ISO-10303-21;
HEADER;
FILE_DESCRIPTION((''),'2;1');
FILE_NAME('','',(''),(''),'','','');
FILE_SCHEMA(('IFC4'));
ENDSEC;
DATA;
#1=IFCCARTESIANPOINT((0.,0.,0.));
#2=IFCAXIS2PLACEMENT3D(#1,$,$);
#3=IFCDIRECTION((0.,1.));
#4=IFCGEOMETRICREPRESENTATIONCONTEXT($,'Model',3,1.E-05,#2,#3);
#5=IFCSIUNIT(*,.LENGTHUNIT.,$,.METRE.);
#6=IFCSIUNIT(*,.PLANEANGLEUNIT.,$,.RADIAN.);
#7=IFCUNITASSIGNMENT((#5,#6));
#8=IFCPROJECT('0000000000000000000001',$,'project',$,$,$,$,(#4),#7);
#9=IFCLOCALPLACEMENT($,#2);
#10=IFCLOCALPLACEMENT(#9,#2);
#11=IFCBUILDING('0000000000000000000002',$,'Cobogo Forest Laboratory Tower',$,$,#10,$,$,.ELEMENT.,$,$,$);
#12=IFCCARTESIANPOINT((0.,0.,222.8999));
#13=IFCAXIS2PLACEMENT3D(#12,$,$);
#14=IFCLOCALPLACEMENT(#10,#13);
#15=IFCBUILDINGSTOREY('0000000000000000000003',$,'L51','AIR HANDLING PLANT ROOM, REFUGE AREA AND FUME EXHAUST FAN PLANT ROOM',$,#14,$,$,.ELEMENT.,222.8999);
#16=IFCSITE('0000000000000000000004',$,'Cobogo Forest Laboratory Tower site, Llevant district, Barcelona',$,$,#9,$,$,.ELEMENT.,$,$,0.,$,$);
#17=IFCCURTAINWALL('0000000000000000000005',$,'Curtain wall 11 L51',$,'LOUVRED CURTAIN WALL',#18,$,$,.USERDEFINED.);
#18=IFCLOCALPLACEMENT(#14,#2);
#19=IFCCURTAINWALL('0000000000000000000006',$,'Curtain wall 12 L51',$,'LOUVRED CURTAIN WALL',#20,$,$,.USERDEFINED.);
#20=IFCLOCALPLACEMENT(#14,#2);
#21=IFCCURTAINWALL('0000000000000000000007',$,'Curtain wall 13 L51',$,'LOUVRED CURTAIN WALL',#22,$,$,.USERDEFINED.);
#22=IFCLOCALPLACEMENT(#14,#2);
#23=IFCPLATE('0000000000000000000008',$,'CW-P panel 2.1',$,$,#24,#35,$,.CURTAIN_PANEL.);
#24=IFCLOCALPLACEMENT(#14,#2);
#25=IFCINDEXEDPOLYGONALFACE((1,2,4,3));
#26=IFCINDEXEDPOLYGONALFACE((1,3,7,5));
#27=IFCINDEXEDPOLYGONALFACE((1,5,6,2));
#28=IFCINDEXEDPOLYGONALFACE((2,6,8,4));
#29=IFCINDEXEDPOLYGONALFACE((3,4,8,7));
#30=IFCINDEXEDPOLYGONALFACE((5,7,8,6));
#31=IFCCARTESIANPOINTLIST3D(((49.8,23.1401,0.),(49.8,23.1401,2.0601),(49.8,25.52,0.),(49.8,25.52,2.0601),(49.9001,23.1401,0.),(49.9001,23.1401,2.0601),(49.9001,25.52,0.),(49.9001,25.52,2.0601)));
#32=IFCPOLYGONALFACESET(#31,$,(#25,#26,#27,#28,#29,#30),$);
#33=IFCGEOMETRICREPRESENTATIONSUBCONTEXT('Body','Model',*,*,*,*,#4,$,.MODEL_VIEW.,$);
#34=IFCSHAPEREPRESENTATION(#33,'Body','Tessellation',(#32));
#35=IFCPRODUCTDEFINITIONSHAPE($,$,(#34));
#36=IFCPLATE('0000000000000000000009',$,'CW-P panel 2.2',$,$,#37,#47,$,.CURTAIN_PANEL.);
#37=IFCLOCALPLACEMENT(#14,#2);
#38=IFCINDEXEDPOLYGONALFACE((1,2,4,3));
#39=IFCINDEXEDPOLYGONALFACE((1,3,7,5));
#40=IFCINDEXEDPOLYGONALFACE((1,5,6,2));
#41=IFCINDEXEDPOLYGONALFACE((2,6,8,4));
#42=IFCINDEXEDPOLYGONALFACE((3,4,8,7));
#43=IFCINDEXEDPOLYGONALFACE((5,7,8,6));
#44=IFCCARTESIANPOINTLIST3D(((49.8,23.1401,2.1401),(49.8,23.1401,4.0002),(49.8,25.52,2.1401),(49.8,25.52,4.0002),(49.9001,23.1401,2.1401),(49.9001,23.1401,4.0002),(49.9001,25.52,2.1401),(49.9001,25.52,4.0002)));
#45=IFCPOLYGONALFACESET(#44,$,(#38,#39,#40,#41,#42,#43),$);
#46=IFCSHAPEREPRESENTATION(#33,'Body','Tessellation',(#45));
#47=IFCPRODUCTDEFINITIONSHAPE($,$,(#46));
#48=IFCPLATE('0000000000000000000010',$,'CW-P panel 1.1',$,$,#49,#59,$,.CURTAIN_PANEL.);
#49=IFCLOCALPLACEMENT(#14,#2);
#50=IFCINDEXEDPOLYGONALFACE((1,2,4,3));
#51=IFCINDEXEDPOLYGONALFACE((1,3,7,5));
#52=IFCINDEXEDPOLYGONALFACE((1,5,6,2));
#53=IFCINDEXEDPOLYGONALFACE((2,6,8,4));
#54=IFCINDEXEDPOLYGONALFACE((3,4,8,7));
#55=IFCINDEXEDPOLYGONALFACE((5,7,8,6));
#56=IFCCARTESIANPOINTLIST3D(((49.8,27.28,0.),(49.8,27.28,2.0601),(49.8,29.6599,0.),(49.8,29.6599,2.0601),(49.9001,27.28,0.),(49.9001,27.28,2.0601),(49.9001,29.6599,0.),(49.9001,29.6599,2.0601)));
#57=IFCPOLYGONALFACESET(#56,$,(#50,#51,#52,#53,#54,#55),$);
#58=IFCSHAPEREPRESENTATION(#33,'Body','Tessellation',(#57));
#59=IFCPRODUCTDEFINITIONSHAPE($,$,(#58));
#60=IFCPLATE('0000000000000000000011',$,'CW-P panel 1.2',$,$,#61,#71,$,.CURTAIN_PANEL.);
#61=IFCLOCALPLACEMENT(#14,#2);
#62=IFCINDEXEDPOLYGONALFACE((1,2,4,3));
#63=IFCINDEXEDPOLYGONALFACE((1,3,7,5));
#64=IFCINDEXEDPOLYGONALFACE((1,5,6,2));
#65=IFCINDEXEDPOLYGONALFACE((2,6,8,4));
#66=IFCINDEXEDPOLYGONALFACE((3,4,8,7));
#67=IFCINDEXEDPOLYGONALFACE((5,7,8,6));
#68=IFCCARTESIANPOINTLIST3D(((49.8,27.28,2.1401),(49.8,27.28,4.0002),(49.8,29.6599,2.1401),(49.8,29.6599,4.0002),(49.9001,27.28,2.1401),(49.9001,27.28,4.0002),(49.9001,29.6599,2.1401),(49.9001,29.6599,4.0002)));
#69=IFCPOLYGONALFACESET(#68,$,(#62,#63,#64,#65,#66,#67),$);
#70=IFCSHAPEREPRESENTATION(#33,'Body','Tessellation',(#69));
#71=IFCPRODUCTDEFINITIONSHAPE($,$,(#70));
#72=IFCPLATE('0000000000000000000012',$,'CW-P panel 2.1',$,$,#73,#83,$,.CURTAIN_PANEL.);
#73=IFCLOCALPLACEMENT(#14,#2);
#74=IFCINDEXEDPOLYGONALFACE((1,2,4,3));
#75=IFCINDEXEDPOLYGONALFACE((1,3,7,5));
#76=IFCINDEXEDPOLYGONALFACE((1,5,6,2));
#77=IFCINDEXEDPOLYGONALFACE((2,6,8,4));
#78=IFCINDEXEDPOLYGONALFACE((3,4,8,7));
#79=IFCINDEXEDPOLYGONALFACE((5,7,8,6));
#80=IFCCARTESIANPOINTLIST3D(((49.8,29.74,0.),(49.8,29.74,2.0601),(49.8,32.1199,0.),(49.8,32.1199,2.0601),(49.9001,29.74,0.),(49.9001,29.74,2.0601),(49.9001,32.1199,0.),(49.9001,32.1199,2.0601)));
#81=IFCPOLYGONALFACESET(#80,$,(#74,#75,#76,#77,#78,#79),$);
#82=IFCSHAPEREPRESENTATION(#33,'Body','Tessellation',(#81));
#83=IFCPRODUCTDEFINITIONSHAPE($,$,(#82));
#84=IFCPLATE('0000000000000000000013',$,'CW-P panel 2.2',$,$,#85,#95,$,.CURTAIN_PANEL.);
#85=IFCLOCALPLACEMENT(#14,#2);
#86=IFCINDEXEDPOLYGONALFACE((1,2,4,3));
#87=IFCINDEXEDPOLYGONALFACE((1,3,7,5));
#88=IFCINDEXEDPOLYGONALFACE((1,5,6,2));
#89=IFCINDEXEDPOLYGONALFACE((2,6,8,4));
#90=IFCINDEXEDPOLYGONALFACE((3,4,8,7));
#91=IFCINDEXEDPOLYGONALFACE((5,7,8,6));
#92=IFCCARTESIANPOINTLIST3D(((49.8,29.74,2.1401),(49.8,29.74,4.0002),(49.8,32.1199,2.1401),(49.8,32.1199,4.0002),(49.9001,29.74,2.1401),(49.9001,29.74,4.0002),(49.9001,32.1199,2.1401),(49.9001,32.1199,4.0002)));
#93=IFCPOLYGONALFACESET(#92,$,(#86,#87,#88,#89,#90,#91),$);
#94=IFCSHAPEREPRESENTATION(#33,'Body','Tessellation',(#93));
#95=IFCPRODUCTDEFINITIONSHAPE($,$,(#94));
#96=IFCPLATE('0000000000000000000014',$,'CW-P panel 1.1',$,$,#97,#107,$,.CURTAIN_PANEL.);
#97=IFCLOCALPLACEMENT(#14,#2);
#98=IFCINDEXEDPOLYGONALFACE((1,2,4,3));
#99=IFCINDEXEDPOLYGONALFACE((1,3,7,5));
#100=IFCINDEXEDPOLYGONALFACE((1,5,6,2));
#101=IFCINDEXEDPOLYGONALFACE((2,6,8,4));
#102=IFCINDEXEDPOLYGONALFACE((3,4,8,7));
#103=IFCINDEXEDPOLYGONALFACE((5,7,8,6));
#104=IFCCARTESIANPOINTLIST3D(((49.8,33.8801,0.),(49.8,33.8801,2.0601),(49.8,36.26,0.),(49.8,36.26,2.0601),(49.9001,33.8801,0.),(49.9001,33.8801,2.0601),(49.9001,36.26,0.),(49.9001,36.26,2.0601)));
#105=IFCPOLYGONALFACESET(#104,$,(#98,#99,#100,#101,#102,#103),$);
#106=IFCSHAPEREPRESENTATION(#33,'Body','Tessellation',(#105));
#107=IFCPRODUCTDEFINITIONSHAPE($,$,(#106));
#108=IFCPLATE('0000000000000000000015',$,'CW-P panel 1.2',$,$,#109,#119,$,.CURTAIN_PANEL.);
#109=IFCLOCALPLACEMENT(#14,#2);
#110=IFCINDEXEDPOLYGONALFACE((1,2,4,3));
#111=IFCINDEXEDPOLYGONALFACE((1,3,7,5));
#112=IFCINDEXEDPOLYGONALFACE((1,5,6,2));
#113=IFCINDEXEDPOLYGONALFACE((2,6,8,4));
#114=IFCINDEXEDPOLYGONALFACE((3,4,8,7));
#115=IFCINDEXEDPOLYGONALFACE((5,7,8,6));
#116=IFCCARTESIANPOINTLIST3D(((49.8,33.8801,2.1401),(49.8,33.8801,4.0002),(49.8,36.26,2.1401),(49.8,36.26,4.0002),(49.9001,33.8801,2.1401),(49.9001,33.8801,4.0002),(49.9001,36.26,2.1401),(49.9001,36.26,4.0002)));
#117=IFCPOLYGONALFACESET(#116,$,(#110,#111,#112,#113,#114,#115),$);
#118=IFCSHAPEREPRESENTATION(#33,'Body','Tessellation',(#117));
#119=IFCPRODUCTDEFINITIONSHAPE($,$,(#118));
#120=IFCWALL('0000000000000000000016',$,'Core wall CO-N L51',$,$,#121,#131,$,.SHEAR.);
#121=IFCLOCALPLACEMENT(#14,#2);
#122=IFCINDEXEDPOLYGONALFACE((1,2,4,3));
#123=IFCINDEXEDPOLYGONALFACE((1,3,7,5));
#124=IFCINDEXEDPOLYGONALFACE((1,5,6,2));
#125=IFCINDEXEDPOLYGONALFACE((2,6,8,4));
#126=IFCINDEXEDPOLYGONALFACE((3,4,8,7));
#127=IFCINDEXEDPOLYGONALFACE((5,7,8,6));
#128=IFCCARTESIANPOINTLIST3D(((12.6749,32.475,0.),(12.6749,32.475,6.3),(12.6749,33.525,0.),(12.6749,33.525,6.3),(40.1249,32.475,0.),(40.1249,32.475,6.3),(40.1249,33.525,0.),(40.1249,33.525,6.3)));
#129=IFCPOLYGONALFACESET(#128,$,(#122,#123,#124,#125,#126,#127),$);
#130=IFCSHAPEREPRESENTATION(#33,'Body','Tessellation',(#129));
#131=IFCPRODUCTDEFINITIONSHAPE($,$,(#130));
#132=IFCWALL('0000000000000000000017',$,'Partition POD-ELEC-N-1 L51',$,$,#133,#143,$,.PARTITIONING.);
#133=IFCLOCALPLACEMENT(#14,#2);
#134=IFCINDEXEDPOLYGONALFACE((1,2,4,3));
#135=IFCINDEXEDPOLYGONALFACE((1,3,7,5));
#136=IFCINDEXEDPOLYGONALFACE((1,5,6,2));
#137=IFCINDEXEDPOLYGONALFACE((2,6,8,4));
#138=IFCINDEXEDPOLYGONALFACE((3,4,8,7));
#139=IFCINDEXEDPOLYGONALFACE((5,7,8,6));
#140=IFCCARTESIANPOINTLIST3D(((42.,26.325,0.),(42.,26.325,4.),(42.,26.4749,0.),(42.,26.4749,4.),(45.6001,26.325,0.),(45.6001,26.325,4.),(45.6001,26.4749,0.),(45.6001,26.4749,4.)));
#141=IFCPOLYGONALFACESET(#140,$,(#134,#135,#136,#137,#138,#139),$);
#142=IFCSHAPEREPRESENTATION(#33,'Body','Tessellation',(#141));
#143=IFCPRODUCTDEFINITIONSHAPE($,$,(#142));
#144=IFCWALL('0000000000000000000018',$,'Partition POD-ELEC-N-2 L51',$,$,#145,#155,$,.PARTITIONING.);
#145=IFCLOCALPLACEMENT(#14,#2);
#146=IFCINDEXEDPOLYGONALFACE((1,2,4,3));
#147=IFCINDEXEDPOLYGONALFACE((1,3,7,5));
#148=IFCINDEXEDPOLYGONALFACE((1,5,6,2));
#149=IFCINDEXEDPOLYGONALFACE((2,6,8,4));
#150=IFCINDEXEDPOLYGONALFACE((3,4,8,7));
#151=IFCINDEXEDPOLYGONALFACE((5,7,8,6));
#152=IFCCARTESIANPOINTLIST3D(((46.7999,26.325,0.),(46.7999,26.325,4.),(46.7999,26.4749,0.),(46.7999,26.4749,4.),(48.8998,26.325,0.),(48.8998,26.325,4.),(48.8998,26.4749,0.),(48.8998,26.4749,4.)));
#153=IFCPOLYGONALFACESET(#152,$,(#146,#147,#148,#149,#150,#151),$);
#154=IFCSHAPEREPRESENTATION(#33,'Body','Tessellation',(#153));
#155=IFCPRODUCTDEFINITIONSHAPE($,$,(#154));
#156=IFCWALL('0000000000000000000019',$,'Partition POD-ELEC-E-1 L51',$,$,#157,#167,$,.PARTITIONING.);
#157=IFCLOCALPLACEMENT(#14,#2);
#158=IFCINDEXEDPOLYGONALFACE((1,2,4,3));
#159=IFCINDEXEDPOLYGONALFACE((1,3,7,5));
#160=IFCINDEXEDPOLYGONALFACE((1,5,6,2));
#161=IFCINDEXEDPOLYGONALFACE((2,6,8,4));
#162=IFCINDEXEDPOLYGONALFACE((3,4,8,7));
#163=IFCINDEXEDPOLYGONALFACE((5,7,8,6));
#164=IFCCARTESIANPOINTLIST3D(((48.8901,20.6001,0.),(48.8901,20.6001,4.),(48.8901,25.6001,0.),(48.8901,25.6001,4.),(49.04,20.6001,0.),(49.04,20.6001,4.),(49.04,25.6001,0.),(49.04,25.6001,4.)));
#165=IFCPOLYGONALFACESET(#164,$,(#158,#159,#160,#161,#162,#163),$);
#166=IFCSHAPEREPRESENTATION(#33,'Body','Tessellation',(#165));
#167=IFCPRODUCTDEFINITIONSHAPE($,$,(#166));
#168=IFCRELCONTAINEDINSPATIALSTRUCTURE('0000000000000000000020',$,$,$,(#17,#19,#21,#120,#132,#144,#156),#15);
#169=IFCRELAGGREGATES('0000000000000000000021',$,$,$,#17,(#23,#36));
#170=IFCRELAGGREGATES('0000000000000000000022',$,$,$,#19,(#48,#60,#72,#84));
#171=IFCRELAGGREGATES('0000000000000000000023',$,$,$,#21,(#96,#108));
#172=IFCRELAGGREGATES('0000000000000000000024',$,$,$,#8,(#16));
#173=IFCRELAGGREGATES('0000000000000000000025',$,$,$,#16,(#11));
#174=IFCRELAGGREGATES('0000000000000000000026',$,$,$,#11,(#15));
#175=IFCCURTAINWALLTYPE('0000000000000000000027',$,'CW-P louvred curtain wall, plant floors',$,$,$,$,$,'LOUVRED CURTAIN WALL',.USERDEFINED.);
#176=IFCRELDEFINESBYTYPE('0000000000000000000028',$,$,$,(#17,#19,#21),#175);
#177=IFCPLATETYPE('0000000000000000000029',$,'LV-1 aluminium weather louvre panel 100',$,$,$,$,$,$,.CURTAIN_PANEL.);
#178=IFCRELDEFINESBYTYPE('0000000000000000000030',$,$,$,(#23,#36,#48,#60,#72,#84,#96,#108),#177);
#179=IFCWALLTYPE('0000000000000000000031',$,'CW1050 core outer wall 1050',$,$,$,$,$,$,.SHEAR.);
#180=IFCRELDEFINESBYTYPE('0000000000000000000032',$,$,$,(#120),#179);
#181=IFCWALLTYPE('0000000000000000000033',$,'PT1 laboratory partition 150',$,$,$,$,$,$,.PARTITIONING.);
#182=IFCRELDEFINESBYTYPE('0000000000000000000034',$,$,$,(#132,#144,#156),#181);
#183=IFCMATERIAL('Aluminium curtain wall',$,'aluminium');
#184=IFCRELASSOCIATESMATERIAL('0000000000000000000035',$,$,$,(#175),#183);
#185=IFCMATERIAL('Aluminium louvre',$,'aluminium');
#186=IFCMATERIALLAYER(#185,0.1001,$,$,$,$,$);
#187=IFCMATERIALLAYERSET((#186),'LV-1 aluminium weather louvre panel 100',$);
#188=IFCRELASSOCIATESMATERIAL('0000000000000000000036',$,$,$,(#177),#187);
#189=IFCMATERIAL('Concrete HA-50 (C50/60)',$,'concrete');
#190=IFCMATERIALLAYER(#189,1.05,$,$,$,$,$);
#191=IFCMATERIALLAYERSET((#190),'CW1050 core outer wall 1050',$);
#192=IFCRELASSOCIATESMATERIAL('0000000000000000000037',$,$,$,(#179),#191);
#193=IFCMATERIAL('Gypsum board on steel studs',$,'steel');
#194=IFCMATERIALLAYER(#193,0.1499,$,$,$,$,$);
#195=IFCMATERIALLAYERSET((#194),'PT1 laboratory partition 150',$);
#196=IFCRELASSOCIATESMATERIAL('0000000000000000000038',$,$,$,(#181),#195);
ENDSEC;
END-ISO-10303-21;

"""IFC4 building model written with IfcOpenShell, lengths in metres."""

from ifc_helpers import new_model, si_unit, direction, frame, frame_2d, origin, origin_2d, place, context, subcontext, project, spatial, rectangle, extrude, material, layer, layer_set, type_object, element, aggregate, save


model = new_model("IFC4")

# Units and contexts
model_context = context("Model", 3, precision=1e-05, world=origin(), true_north=direction((0.0, 1.0)))
body_context = subcontext(model_context, "Body", "Model", "MODEL_VIEW")
ifc_project = project(units=[si_unit("LENGTHUNIT", "METRE"), si_unit("PLANEANGLEUNIT", "RADIAN")], contexts=[model_context])

# Site, building, storey
site_placement = place(None, origin())
site = spatial("IfcSite", under=ifc_project, at=site_placement, Name="Cobogo Forest Laboratory Tower site, Llevant district, Barcelona", CompositionType="ELEMENT", RefElevation=0.0)
building_placement = place(site_placement, origin())
building = spatial("IfcBuilding", under=site, at=building_placement, Name="Cobogo Forest Laboratory Tower", CompositionType="ELEMENT")
storey_placement = place(building_placement, frame((0.0, 0.0, 222.8999)))
storey = spatial("IfcBuildingStorey", under=building, at=storey_placement, Name="L51", Description="AIR HANDLING PLANT ROOM, REFUGE AREA AND FUME EXHAUST FAN PLANT ROOM", CompositionType="ELEMENT", Elevation=222.8999)

# Shared definitions
ifc_material_1 = material(Name="Concrete HA-50 (C50/60)", Category="concrete")

# Curtain wall
ifc_material_2 = material(Name="Aluminium curtain wall", Category="aluminium")
curtain_wall_type = type_object("IfcCurtainWallType", Name="CW-P louvred curtain wall, plant floors", ElementType="LOUVRED CURTAIN WALL", PredefinedType="USERDEFINED", material=ifc_material_2)
curtain_wall_1_placement = place(storey_placement, origin())
curtain_wall_1 = element("IfcCurtainWall", 1, at=curtain_wall_1_placement, inside=storey, type_object=curtain_wall_type, Name="Curtain wall 11 L51", ObjectType="LOUVRED CURTAIN WALL", PredefinedType="USERDEFINED")

# Curtain wall
curtain_wall_2_placement = place(storey_placement, origin())
curtain_wall_2 = element("IfcCurtainWall", 2, at=curtain_wall_2_placement, inside=storey, type_object=curtain_wall_type, Name="Curtain wall 12 L51", ObjectType="LOUVRED CURTAIN WALL", PredefinedType="USERDEFINED")

# Curtain wall
curtain_wall_3_placement = place(storey_placement, origin())
curtain_wall_3 = element("IfcCurtainWall", 3, at=curtain_wall_3_placement, inside=storey, type_object=curtain_wall_type, Name="Curtain wall 13 L51", ObjectType="LOUVRED CURTAIN WALL", PredefinedType="USERDEFINED")

# Plates
ifc_material_3 = material(Name="Aluminium louvre", Category="aluminium")
ifc_layer_1 = layer(ifc_material_3, 0.1001)
ifc_layer_set_1 = layer_set([ifc_layer_1], Name="LV-1 aluminium weather louvre panel 100")
plate_type_1 = type_object("IfcPlateType", Name="LV-1 aluminium weather louvre panel 100", PredefinedType="CURTAIN_PANEL", material=ifc_layer_set_1)
plate_1_placement = place(storey_placement, frame((49.8501, 24.3301, 0.0), z_axis=(0.0, 0.0, 1.0), x_axis=(0.0, 1.0, 0.0)))
plate_1 = element("IfcPlate", 4, at=plate_1_placement, type_object=plate_type_1, Name="CW-P panel 2.1", PredefinedType="CURTAIN_PANEL", context=body_context, shape_type="SweptSolid", body=[
    extrude(rectangle(XDim=2.3799, YDim=0.1001, at=origin_2d()), origin(), (0.0, 0.0, 1.0), 2.0601),
])
plate_2_placement = place(storey_placement, frame((49.8501, 24.3301, 2.1401), z_axis=(0.0, 0.0, 1.0), x_axis=(0.0, 1.0, 0.0)))
plate_2 = element("IfcPlate", 5, at=plate_2_placement, type_object=plate_type_1, Name="CW-P panel 2.2", PredefinedType="CURTAIN_PANEL", context=body_context, shape_type="SweptSolid", body=[
    extrude(rectangle(XDim=2.3799, YDim=0.1001, at=origin_2d()), origin(), (0.0, 0.0, 1.0), 1.8601),
])
aggregate(curtain_wall_1, [plate_1, plate_2])
plate_3_placement = place(storey_placement, frame((49.8501, 28.47, 0.0), z_axis=(0.0, 0.0, 1.0), x_axis=(0.0, 1.0, 0.0)))
plate_3 = element("IfcPlate", 6, at=plate_3_placement, type_object=plate_type_1, Name="CW-P panel 1.1", PredefinedType="CURTAIN_PANEL", context=body_context, shape_type="SweptSolid", body=[
    extrude(rectangle(XDim=2.3799, YDim=0.1001, at=origin_2d()), origin(), (0.0, 0.0, 1.0), 2.0601),
])
plate_4_placement = place(storey_placement, frame((49.8501, 28.47, 2.1401), z_axis=(0.0, 0.0, 1.0), x_axis=(0.0, 1.0, 0.0)))
plate_4 = element("IfcPlate", 7, at=plate_4_placement, type_object=plate_type_1, Name="CW-P panel 1.2", PredefinedType="CURTAIN_PANEL", context=body_context, shape_type="SweptSolid", body=[
    extrude(rectangle(XDim=2.3799, YDim=0.1001, at=origin_2d()), origin(), (0.0, 0.0, 1.0), 1.8601),
])
plate_5_placement = place(storey_placement, frame((49.8501, 30.9299, 0.0), z_axis=(0.0, 0.0, 1.0), x_axis=(0.0, 1.0, 0.0)))
plate_5 = element("IfcPlate", 8, at=plate_5_placement, type_object=plate_type_1, Name="CW-P panel 2.1", PredefinedType="CURTAIN_PANEL", context=body_context, shape_type="SweptSolid", body=[
    extrude(rectangle(XDim=2.3799, YDim=0.1001, at=origin_2d()), origin(), (0.0, 0.0, 1.0), 2.0601),
])
plate_6_placement = place(storey_placement, frame((49.8501, 30.9299, 2.1401), z_axis=(0.0, 0.0, 1.0), x_axis=(0.0, 1.0, 0.0)))
plate_6 = element("IfcPlate", 9, at=plate_6_placement, type_object=plate_type_1, Name="CW-P panel 2.2", PredefinedType="CURTAIN_PANEL", context=body_context, shape_type="SweptSolid", body=[
    extrude(rectangle(XDim=2.3799, YDim=0.1001, at=origin_2d()), origin(), (0.0, 0.0, 1.0), 1.8601),
])
aggregate(curtain_wall_2, [plate_3, plate_4, plate_5, plate_6])
plate_7_placement = place(storey_placement, frame((49.8501, 35.0701, 0.0), z_axis=(0.0, 0.0, 1.0), x_axis=(0.0, 1.0, 0.0)))
plate_7 = element("IfcPlate", 10, at=plate_7_placement, type_object=plate_type_1, Name="CW-P panel 1.1", PredefinedType="CURTAIN_PANEL", context=body_context, shape_type="SweptSolid", body=[
    extrude(rectangle(XDim=2.3799, YDim=0.1001, at=origin_2d()), origin(), (0.0, 0.0, 1.0), 2.0601),
])
plate_8_placement = place(storey_placement, frame((49.8501, 35.0701, 2.1401), z_axis=(0.0, 0.0, 1.0), x_axis=(0.0, 1.0, 0.0)))
plate_8 = element("IfcPlate", 11, at=plate_8_placement, type_object=plate_type_1, Name="CW-P panel 1.2", PredefinedType="CURTAIN_PANEL", context=body_context, shape_type="SweptSolid", body=[
    extrude(rectangle(XDim=2.3799, YDim=0.1001, at=origin_2d()), origin(), (0.0, 0.0, 1.0), 1.8601),
])
aggregate(curtain_wall_3, [plate_7, plate_8])

# Wall
ifc_layer_2 = layer(ifc_material_1, 1.05)
ifc_layer_set_2 = layer_set([ifc_layer_2], Name="CW1050 core outer wall 1050")
wall_type_1 = type_object("IfcWallType", Name="CW1050 core outer wall 1050", PredefinedType="SHEAR", material=ifc_layer_set_2)
wall_1_placement = place(storey_placement, frame((40.125, 33.0, 0.0), z_axis=(0.0, 0.0, 1.0), x_axis=(-1.0, 0.0, 0.0)))
element("IfcWall", 12, at=wall_1_placement, inside=storey, type_object=wall_type_1, Name="Core wall CO-N L51", PredefinedType="SHEAR", context=body_context, shape_type="SweptSolid", body=[
    extrude(rectangle(XDim=27.45, YDim=1.05, at=frame_2d((13.7251, 0.0))), origin(), (0.0, 0.0, 1.0), 6.3),
])

# Walls
ifc_material_4 = material(Name="Gypsum board on steel studs", Category="steel")
ifc_layer_3 = layer(ifc_material_4, 0.1499)
ifc_layer_set_3 = layer_set([ifc_layer_3], Name="PT1 laboratory partition 150")
wall_type_2 = type_object("IfcWallType", Name="PT1 laboratory partition 150", PredefinedType="PARTITIONING", material=ifc_layer_set_3)
wall_2_placement = place(storey_placement, frame((42.0, 26.3999, 0.0), z_axis=(0.0, 0.0, 1.0), x_axis=(1.0, 0.0, 0.0)))
element("IfcWall", 13, at=wall_2_placement, inside=storey, type_object=wall_type_2, Name="Partition POD-ELEC-N-1 L51", PredefinedType="PARTITIONING", context=body_context, shape_type="SweptSolid", body=[
    extrude(rectangle(XDim=3.6001, YDim=0.1499, at=frame_2d((1.8, 0.0))), origin(), (0.0, 0.0, 1.0), 4.0),
])
wall_3_placement = place(storey_placement, frame((46.8, 26.3999, 0.0), z_axis=(0.0, 0.0, 1.0), x_axis=(1.0, 0.0, 0.0)))
element("IfcWall", 14, at=wall_3_placement, inside=storey, type_object=wall_type_2, Name="Partition POD-ELEC-N-2 L51", PredefinedType="PARTITIONING", context=body_context, shape_type="SweptSolid", body=[
    extrude(rectangle(XDim=2.0999, YDim=0.1499, at=frame_2d((1.0498, 0.0))), origin(), (0.0, 0.0, 1.0), 4.0),
])
wall_4_placement = place(storey_placement, frame((48.9651, 25.6001, 0.0), z_axis=(0.0, 0.0, 1.0), x_axis=(0.0, -1.0, 0.0)))
element("IfcWall", 15, at=wall_4_placement, inside=storey, type_object=wall_type_2, Name="Partition POD-ELEC-E-1 L51", PredefinedType="PARTITIONING", context=body_context, shape_type="SweptSolid", body=[
    extrude(rectangle(XDim=5.0, YDim=0.1499, at=frame_2d((2.5, 0.0))), origin(), (0.0, 0.0, 1.0), 4.0),
])

save(model, "model.ifc")
